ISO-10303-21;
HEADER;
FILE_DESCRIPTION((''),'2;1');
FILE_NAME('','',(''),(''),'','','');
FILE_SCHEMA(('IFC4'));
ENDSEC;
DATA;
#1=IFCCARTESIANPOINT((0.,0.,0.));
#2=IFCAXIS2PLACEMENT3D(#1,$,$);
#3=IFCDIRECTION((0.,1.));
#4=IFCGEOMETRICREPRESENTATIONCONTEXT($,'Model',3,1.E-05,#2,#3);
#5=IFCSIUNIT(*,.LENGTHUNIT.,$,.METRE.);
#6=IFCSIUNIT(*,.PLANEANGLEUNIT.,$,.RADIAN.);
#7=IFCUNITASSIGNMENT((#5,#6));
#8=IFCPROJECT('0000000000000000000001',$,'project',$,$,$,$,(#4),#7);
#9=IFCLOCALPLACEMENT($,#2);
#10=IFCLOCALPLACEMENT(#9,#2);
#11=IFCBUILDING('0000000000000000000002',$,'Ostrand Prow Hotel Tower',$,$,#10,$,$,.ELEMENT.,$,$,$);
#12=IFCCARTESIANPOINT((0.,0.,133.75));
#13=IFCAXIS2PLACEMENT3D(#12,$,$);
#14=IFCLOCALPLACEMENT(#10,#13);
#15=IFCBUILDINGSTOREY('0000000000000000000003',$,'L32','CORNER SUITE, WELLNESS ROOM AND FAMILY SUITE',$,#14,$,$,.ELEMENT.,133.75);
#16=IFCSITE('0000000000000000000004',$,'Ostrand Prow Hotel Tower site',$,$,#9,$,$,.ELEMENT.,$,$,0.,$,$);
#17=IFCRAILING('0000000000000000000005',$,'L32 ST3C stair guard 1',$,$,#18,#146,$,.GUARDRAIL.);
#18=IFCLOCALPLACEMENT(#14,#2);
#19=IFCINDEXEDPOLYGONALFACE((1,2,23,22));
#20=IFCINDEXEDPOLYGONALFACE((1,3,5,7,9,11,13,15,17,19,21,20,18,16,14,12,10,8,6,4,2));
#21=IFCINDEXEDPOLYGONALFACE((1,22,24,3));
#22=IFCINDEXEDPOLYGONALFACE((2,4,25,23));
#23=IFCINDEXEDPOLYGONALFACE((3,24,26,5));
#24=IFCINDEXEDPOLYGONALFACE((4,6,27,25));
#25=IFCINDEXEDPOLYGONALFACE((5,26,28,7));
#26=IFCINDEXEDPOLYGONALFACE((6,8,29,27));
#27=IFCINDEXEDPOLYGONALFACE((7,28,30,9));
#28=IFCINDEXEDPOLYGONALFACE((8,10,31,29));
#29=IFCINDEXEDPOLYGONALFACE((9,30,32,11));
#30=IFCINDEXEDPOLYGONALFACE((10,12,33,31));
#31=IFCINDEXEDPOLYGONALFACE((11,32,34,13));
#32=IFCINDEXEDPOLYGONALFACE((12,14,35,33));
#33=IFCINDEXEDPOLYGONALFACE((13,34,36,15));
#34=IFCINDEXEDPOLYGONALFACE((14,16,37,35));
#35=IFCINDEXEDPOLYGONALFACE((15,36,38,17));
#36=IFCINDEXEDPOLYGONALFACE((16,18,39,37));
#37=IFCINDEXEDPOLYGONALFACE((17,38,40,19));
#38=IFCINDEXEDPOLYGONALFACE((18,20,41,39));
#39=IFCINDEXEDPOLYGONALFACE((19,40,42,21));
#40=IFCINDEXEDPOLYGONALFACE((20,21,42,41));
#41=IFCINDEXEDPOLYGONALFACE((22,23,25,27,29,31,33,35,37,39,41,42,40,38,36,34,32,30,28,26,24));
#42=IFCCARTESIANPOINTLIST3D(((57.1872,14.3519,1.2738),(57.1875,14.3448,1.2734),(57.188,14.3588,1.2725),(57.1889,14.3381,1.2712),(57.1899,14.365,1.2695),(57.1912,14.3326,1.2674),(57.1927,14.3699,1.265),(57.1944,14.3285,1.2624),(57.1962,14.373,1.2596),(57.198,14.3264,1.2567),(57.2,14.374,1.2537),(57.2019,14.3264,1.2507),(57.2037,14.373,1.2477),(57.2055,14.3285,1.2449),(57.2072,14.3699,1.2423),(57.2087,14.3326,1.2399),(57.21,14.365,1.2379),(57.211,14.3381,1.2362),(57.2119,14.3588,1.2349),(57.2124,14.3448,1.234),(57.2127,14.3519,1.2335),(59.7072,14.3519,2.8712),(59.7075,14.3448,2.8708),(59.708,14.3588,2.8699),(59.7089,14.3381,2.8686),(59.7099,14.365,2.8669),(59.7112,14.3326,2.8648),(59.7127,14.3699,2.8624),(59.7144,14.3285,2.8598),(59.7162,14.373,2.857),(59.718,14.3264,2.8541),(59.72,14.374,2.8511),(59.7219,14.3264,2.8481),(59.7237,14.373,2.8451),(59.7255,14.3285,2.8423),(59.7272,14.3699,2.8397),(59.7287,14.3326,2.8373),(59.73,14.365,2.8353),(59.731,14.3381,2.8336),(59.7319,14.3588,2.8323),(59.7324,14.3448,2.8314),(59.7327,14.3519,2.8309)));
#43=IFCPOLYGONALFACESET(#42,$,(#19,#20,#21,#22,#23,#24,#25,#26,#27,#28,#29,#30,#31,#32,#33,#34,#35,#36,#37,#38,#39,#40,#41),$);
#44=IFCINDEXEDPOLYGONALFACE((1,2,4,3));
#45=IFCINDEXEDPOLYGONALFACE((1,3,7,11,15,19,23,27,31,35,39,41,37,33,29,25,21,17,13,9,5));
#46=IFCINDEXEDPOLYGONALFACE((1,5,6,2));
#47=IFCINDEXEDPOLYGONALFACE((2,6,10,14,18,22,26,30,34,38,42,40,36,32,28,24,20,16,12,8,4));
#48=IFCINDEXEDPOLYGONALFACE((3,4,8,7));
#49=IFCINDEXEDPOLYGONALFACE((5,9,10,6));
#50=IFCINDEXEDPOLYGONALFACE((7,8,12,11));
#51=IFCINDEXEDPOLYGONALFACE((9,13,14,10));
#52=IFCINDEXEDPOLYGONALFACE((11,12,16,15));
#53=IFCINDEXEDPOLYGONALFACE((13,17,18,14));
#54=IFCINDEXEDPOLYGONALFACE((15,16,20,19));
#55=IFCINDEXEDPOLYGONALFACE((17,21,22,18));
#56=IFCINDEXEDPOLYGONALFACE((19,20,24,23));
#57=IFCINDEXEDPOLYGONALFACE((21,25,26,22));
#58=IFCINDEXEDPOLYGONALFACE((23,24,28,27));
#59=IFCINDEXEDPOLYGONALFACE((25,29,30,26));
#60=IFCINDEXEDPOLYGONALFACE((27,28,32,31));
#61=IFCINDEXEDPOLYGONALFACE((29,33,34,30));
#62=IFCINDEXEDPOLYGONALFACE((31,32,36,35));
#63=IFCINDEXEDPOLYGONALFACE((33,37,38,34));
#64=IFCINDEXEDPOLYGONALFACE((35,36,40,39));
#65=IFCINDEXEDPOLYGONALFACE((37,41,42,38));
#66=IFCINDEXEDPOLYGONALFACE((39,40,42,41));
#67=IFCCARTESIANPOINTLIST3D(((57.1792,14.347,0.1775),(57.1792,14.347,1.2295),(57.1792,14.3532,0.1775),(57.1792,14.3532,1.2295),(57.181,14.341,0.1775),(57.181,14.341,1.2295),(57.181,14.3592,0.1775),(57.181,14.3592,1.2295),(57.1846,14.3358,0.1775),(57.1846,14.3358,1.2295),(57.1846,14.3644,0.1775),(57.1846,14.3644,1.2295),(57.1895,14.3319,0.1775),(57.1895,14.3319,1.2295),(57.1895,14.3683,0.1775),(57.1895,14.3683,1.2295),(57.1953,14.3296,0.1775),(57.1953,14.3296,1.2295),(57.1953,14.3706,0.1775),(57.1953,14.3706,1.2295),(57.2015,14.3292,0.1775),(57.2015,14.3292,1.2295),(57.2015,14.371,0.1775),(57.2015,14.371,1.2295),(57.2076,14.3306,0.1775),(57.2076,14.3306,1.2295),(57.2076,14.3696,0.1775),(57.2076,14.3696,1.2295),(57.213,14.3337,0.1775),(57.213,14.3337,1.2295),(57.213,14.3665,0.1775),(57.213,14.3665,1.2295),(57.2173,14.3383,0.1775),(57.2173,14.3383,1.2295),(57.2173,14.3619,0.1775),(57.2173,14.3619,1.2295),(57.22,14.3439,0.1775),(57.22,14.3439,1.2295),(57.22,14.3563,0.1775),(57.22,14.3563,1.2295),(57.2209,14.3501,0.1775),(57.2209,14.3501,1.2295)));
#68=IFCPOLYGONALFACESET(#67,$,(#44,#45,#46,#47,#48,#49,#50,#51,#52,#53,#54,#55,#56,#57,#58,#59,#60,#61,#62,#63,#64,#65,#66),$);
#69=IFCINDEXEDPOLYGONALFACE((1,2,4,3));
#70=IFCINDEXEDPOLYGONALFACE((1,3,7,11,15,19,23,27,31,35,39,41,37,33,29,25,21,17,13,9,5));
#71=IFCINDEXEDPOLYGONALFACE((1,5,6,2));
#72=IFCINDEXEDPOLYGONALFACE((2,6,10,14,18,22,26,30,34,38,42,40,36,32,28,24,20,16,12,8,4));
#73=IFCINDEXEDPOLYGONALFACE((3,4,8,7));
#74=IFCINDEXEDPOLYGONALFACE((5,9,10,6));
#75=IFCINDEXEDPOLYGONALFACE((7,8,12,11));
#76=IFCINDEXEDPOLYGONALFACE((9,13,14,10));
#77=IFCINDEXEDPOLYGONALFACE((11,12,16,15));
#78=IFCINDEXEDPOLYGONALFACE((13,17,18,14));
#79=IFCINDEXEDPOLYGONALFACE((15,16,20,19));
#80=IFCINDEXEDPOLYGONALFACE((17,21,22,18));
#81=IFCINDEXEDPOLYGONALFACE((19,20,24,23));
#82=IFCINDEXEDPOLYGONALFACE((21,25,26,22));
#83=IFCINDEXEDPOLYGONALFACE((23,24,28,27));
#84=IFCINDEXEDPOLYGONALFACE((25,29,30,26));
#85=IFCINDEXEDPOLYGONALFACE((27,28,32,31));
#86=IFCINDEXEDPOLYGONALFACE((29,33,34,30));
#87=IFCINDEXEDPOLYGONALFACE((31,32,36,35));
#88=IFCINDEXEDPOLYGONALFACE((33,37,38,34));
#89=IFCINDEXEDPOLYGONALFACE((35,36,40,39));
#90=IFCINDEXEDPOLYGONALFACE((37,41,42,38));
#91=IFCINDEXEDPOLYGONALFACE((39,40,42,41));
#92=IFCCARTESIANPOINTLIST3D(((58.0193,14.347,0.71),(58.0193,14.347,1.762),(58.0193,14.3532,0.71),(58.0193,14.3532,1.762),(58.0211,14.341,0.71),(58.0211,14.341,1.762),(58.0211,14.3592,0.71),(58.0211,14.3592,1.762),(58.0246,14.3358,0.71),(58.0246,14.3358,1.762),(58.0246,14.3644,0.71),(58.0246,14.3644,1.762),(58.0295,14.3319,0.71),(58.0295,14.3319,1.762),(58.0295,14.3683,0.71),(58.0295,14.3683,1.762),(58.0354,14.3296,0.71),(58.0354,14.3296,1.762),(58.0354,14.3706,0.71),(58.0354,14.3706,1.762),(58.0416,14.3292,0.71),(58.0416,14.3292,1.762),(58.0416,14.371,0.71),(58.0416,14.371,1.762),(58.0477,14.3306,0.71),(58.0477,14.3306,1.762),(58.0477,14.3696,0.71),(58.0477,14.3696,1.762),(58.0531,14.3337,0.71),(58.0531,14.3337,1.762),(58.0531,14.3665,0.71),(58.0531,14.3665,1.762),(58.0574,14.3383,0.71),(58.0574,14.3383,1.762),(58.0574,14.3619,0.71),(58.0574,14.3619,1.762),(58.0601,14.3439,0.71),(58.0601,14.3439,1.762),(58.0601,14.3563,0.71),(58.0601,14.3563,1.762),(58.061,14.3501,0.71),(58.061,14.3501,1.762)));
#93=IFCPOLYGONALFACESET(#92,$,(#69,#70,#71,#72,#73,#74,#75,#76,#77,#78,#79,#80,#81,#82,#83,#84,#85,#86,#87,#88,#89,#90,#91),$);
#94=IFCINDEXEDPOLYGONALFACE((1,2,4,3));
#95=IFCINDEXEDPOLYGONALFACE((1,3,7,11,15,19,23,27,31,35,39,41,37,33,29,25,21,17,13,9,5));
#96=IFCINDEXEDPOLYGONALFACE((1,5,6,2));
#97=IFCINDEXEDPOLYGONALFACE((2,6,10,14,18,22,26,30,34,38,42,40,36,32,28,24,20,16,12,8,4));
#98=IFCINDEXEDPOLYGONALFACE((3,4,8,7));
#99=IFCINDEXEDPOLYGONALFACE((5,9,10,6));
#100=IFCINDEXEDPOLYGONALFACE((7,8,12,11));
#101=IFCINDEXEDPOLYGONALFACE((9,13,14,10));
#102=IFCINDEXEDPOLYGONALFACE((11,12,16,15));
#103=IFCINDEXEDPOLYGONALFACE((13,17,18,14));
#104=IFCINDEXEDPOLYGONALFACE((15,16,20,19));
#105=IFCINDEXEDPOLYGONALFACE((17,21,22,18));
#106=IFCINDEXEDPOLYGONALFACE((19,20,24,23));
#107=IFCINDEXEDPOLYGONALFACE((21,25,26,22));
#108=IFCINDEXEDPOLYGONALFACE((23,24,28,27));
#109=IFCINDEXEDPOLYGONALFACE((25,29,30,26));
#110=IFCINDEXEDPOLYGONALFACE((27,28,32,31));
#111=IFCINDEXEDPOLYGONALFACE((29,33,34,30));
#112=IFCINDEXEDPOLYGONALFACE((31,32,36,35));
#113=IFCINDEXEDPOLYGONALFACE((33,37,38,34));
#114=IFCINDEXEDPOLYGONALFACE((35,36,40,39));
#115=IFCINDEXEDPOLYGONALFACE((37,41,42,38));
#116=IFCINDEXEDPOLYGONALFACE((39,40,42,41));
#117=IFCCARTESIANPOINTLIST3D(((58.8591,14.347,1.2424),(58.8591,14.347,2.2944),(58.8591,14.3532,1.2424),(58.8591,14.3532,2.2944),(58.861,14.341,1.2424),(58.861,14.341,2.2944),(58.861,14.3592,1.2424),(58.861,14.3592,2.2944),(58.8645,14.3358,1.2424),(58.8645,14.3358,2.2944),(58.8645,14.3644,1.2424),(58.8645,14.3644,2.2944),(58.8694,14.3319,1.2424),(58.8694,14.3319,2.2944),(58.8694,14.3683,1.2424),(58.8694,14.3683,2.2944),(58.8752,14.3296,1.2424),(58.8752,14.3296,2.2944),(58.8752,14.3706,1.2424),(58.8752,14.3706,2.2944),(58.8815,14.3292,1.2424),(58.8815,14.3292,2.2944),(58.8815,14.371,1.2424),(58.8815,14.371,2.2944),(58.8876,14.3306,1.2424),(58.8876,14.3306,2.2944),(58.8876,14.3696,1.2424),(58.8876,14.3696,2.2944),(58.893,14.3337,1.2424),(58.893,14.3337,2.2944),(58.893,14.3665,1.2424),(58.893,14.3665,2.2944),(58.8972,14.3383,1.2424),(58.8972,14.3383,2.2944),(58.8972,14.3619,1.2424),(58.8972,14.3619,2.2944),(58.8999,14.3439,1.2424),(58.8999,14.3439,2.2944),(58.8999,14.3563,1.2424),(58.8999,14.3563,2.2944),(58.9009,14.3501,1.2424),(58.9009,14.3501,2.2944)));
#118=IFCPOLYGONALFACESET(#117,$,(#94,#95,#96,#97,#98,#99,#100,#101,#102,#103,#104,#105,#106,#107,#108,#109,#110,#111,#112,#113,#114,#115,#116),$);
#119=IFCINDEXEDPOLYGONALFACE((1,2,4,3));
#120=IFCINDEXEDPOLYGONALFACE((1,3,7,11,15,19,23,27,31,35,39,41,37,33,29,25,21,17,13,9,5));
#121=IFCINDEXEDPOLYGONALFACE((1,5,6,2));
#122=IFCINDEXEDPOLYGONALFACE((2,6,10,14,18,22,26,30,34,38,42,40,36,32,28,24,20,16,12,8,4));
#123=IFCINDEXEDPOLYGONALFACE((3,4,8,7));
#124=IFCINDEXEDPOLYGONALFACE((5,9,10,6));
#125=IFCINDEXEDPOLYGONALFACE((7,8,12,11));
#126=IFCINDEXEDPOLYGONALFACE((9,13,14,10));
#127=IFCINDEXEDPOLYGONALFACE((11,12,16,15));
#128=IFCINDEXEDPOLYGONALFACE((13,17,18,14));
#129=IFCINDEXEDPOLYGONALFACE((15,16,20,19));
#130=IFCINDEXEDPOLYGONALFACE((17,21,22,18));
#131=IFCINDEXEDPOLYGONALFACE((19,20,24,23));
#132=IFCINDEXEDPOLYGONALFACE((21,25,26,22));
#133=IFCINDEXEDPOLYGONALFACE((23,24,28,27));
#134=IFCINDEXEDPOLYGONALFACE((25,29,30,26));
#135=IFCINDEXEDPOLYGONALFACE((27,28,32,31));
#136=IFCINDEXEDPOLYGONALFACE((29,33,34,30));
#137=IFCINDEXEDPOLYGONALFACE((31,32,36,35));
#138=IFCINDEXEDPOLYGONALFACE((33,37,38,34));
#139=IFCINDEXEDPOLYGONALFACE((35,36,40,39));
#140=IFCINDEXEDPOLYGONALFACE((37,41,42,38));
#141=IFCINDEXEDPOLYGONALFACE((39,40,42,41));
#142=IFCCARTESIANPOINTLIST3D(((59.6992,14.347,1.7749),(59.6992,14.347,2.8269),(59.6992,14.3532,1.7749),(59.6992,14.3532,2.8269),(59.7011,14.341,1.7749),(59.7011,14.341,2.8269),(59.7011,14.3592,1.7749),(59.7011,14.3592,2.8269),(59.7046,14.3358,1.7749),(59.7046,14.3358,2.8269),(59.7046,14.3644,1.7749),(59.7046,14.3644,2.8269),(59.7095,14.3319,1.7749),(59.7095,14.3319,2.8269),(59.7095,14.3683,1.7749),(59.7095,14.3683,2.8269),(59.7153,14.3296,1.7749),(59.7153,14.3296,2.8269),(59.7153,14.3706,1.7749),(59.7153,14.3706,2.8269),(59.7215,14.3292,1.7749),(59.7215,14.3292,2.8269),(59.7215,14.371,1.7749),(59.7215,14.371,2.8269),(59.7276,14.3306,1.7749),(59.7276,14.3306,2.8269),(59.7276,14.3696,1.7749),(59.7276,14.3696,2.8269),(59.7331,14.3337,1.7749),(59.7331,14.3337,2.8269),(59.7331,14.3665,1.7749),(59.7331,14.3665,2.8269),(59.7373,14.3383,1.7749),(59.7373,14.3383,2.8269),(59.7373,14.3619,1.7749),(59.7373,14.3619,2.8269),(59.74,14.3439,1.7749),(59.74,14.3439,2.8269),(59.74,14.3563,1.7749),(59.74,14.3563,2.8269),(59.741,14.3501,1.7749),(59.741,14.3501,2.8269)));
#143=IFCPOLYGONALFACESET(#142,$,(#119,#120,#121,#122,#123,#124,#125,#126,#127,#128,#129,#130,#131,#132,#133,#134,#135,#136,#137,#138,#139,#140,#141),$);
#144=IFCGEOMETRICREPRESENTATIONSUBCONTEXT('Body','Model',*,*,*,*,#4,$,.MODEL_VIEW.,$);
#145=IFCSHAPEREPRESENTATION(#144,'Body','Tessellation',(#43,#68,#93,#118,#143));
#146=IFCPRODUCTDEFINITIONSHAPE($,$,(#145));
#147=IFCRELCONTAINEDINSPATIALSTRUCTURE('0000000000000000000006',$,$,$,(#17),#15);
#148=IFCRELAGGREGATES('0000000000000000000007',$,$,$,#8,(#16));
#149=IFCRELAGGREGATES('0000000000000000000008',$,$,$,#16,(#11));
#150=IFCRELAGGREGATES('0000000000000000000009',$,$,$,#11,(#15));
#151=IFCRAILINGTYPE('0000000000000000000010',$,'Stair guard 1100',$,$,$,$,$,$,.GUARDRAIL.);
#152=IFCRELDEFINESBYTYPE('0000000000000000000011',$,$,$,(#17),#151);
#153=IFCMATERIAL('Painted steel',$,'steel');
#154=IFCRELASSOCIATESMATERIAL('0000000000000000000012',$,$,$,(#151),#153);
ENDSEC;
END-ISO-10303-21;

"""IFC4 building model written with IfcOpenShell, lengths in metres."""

from ifc_helpers import new_model, si_unit, direction, frame, origin, origin_2d, place, context, subcontext, project, spatial, circle, extrude, material, type_object, element, save


model = new_model("IFC4")

# Units and contexts
model_context = context("Model", 3, precision=1e-05, world=origin(), true_north=direction((0.0, 1.0)))
body_context = subcontext(model_context, "Body", "Model", "MODEL_VIEW")
ifc_project = project(units=[si_unit("LENGTHUNIT", "METRE"), si_unit("PLANEANGLEUNIT", "RADIAN")], contexts=[model_context])

# Site, building, storey
site_placement = place(None, origin())
site = spatial("IfcSite", under=ifc_project, at=site_placement, Name="Ostrand Prow Hotel Tower site", CompositionType="ELEMENT", RefElevation=0.0)
building_placement = place(site_placement, origin())
building = spatial("IfcBuilding", under=site, at=building_placement, Name="Ostrand Prow Hotel Tower", CompositionType="ELEMENT")
storey_placement = place(building_placement, frame((0.0, 0.0, 133.75)))
storey = spatial("IfcBuildingStorey", under=building, at=storey_placement, Name="L32", Description="CORNER SUITE, WELLNESS ROOM AND FAMILY SUITE", CompositionType="ELEMENT", Elevation=133.75)

# Railing
ifc_material_1 = material(Name="Painted steel", Category="steel")
railing_type_1 = type_object("IfcRailingType", Name="Stair guard 1100", PredefinedType="GUARDRAIL", material=ifc_material_1)
railing_1_placement = place(storey_placement, frame((57.2, 14.3501, 0.1775)))
element("IfcRailing", 1, at=railing_1_placement, inside=storey, type_object=railing_type_1, Name="L32 ST3C stair guard 1", PredefinedType="GUARDRAIL", context=body_context, shape_type="SweptSolid", body=[
    extrude(circle(Radius=0.0239, at=origin_2d()), frame((0.0, 0.0, 1.0762), z_axis=(0.844607, 0.0, 0.535387), x_axis=(0.0, 1.0, 0.0)), (0.0, 0.0, 1.0), 2.9836),
    extrude(circle(Radius=0.021, at=origin_2d()), origin(), (0.0, 0.0, 1.0), 1.052),
    extrude(circle(Radius=0.021, at=origin_2d()), frame((0.8401, 0.0, 0.5325)), (0.0, 0.0, 1.0), 1.052),
    extrude(circle(Radius=0.021, at=origin_2d()), frame((1.6799, 0.0, 1.0649)), (0.0, 0.0, 1.0), 1.052),
    extrude(circle(Radius=0.021, at=origin_2d()), frame((2.52, 0.0, 1.5974)), (0.0, 0.0, 1.0), 1.052),
])

save(model, "model.ifc")
